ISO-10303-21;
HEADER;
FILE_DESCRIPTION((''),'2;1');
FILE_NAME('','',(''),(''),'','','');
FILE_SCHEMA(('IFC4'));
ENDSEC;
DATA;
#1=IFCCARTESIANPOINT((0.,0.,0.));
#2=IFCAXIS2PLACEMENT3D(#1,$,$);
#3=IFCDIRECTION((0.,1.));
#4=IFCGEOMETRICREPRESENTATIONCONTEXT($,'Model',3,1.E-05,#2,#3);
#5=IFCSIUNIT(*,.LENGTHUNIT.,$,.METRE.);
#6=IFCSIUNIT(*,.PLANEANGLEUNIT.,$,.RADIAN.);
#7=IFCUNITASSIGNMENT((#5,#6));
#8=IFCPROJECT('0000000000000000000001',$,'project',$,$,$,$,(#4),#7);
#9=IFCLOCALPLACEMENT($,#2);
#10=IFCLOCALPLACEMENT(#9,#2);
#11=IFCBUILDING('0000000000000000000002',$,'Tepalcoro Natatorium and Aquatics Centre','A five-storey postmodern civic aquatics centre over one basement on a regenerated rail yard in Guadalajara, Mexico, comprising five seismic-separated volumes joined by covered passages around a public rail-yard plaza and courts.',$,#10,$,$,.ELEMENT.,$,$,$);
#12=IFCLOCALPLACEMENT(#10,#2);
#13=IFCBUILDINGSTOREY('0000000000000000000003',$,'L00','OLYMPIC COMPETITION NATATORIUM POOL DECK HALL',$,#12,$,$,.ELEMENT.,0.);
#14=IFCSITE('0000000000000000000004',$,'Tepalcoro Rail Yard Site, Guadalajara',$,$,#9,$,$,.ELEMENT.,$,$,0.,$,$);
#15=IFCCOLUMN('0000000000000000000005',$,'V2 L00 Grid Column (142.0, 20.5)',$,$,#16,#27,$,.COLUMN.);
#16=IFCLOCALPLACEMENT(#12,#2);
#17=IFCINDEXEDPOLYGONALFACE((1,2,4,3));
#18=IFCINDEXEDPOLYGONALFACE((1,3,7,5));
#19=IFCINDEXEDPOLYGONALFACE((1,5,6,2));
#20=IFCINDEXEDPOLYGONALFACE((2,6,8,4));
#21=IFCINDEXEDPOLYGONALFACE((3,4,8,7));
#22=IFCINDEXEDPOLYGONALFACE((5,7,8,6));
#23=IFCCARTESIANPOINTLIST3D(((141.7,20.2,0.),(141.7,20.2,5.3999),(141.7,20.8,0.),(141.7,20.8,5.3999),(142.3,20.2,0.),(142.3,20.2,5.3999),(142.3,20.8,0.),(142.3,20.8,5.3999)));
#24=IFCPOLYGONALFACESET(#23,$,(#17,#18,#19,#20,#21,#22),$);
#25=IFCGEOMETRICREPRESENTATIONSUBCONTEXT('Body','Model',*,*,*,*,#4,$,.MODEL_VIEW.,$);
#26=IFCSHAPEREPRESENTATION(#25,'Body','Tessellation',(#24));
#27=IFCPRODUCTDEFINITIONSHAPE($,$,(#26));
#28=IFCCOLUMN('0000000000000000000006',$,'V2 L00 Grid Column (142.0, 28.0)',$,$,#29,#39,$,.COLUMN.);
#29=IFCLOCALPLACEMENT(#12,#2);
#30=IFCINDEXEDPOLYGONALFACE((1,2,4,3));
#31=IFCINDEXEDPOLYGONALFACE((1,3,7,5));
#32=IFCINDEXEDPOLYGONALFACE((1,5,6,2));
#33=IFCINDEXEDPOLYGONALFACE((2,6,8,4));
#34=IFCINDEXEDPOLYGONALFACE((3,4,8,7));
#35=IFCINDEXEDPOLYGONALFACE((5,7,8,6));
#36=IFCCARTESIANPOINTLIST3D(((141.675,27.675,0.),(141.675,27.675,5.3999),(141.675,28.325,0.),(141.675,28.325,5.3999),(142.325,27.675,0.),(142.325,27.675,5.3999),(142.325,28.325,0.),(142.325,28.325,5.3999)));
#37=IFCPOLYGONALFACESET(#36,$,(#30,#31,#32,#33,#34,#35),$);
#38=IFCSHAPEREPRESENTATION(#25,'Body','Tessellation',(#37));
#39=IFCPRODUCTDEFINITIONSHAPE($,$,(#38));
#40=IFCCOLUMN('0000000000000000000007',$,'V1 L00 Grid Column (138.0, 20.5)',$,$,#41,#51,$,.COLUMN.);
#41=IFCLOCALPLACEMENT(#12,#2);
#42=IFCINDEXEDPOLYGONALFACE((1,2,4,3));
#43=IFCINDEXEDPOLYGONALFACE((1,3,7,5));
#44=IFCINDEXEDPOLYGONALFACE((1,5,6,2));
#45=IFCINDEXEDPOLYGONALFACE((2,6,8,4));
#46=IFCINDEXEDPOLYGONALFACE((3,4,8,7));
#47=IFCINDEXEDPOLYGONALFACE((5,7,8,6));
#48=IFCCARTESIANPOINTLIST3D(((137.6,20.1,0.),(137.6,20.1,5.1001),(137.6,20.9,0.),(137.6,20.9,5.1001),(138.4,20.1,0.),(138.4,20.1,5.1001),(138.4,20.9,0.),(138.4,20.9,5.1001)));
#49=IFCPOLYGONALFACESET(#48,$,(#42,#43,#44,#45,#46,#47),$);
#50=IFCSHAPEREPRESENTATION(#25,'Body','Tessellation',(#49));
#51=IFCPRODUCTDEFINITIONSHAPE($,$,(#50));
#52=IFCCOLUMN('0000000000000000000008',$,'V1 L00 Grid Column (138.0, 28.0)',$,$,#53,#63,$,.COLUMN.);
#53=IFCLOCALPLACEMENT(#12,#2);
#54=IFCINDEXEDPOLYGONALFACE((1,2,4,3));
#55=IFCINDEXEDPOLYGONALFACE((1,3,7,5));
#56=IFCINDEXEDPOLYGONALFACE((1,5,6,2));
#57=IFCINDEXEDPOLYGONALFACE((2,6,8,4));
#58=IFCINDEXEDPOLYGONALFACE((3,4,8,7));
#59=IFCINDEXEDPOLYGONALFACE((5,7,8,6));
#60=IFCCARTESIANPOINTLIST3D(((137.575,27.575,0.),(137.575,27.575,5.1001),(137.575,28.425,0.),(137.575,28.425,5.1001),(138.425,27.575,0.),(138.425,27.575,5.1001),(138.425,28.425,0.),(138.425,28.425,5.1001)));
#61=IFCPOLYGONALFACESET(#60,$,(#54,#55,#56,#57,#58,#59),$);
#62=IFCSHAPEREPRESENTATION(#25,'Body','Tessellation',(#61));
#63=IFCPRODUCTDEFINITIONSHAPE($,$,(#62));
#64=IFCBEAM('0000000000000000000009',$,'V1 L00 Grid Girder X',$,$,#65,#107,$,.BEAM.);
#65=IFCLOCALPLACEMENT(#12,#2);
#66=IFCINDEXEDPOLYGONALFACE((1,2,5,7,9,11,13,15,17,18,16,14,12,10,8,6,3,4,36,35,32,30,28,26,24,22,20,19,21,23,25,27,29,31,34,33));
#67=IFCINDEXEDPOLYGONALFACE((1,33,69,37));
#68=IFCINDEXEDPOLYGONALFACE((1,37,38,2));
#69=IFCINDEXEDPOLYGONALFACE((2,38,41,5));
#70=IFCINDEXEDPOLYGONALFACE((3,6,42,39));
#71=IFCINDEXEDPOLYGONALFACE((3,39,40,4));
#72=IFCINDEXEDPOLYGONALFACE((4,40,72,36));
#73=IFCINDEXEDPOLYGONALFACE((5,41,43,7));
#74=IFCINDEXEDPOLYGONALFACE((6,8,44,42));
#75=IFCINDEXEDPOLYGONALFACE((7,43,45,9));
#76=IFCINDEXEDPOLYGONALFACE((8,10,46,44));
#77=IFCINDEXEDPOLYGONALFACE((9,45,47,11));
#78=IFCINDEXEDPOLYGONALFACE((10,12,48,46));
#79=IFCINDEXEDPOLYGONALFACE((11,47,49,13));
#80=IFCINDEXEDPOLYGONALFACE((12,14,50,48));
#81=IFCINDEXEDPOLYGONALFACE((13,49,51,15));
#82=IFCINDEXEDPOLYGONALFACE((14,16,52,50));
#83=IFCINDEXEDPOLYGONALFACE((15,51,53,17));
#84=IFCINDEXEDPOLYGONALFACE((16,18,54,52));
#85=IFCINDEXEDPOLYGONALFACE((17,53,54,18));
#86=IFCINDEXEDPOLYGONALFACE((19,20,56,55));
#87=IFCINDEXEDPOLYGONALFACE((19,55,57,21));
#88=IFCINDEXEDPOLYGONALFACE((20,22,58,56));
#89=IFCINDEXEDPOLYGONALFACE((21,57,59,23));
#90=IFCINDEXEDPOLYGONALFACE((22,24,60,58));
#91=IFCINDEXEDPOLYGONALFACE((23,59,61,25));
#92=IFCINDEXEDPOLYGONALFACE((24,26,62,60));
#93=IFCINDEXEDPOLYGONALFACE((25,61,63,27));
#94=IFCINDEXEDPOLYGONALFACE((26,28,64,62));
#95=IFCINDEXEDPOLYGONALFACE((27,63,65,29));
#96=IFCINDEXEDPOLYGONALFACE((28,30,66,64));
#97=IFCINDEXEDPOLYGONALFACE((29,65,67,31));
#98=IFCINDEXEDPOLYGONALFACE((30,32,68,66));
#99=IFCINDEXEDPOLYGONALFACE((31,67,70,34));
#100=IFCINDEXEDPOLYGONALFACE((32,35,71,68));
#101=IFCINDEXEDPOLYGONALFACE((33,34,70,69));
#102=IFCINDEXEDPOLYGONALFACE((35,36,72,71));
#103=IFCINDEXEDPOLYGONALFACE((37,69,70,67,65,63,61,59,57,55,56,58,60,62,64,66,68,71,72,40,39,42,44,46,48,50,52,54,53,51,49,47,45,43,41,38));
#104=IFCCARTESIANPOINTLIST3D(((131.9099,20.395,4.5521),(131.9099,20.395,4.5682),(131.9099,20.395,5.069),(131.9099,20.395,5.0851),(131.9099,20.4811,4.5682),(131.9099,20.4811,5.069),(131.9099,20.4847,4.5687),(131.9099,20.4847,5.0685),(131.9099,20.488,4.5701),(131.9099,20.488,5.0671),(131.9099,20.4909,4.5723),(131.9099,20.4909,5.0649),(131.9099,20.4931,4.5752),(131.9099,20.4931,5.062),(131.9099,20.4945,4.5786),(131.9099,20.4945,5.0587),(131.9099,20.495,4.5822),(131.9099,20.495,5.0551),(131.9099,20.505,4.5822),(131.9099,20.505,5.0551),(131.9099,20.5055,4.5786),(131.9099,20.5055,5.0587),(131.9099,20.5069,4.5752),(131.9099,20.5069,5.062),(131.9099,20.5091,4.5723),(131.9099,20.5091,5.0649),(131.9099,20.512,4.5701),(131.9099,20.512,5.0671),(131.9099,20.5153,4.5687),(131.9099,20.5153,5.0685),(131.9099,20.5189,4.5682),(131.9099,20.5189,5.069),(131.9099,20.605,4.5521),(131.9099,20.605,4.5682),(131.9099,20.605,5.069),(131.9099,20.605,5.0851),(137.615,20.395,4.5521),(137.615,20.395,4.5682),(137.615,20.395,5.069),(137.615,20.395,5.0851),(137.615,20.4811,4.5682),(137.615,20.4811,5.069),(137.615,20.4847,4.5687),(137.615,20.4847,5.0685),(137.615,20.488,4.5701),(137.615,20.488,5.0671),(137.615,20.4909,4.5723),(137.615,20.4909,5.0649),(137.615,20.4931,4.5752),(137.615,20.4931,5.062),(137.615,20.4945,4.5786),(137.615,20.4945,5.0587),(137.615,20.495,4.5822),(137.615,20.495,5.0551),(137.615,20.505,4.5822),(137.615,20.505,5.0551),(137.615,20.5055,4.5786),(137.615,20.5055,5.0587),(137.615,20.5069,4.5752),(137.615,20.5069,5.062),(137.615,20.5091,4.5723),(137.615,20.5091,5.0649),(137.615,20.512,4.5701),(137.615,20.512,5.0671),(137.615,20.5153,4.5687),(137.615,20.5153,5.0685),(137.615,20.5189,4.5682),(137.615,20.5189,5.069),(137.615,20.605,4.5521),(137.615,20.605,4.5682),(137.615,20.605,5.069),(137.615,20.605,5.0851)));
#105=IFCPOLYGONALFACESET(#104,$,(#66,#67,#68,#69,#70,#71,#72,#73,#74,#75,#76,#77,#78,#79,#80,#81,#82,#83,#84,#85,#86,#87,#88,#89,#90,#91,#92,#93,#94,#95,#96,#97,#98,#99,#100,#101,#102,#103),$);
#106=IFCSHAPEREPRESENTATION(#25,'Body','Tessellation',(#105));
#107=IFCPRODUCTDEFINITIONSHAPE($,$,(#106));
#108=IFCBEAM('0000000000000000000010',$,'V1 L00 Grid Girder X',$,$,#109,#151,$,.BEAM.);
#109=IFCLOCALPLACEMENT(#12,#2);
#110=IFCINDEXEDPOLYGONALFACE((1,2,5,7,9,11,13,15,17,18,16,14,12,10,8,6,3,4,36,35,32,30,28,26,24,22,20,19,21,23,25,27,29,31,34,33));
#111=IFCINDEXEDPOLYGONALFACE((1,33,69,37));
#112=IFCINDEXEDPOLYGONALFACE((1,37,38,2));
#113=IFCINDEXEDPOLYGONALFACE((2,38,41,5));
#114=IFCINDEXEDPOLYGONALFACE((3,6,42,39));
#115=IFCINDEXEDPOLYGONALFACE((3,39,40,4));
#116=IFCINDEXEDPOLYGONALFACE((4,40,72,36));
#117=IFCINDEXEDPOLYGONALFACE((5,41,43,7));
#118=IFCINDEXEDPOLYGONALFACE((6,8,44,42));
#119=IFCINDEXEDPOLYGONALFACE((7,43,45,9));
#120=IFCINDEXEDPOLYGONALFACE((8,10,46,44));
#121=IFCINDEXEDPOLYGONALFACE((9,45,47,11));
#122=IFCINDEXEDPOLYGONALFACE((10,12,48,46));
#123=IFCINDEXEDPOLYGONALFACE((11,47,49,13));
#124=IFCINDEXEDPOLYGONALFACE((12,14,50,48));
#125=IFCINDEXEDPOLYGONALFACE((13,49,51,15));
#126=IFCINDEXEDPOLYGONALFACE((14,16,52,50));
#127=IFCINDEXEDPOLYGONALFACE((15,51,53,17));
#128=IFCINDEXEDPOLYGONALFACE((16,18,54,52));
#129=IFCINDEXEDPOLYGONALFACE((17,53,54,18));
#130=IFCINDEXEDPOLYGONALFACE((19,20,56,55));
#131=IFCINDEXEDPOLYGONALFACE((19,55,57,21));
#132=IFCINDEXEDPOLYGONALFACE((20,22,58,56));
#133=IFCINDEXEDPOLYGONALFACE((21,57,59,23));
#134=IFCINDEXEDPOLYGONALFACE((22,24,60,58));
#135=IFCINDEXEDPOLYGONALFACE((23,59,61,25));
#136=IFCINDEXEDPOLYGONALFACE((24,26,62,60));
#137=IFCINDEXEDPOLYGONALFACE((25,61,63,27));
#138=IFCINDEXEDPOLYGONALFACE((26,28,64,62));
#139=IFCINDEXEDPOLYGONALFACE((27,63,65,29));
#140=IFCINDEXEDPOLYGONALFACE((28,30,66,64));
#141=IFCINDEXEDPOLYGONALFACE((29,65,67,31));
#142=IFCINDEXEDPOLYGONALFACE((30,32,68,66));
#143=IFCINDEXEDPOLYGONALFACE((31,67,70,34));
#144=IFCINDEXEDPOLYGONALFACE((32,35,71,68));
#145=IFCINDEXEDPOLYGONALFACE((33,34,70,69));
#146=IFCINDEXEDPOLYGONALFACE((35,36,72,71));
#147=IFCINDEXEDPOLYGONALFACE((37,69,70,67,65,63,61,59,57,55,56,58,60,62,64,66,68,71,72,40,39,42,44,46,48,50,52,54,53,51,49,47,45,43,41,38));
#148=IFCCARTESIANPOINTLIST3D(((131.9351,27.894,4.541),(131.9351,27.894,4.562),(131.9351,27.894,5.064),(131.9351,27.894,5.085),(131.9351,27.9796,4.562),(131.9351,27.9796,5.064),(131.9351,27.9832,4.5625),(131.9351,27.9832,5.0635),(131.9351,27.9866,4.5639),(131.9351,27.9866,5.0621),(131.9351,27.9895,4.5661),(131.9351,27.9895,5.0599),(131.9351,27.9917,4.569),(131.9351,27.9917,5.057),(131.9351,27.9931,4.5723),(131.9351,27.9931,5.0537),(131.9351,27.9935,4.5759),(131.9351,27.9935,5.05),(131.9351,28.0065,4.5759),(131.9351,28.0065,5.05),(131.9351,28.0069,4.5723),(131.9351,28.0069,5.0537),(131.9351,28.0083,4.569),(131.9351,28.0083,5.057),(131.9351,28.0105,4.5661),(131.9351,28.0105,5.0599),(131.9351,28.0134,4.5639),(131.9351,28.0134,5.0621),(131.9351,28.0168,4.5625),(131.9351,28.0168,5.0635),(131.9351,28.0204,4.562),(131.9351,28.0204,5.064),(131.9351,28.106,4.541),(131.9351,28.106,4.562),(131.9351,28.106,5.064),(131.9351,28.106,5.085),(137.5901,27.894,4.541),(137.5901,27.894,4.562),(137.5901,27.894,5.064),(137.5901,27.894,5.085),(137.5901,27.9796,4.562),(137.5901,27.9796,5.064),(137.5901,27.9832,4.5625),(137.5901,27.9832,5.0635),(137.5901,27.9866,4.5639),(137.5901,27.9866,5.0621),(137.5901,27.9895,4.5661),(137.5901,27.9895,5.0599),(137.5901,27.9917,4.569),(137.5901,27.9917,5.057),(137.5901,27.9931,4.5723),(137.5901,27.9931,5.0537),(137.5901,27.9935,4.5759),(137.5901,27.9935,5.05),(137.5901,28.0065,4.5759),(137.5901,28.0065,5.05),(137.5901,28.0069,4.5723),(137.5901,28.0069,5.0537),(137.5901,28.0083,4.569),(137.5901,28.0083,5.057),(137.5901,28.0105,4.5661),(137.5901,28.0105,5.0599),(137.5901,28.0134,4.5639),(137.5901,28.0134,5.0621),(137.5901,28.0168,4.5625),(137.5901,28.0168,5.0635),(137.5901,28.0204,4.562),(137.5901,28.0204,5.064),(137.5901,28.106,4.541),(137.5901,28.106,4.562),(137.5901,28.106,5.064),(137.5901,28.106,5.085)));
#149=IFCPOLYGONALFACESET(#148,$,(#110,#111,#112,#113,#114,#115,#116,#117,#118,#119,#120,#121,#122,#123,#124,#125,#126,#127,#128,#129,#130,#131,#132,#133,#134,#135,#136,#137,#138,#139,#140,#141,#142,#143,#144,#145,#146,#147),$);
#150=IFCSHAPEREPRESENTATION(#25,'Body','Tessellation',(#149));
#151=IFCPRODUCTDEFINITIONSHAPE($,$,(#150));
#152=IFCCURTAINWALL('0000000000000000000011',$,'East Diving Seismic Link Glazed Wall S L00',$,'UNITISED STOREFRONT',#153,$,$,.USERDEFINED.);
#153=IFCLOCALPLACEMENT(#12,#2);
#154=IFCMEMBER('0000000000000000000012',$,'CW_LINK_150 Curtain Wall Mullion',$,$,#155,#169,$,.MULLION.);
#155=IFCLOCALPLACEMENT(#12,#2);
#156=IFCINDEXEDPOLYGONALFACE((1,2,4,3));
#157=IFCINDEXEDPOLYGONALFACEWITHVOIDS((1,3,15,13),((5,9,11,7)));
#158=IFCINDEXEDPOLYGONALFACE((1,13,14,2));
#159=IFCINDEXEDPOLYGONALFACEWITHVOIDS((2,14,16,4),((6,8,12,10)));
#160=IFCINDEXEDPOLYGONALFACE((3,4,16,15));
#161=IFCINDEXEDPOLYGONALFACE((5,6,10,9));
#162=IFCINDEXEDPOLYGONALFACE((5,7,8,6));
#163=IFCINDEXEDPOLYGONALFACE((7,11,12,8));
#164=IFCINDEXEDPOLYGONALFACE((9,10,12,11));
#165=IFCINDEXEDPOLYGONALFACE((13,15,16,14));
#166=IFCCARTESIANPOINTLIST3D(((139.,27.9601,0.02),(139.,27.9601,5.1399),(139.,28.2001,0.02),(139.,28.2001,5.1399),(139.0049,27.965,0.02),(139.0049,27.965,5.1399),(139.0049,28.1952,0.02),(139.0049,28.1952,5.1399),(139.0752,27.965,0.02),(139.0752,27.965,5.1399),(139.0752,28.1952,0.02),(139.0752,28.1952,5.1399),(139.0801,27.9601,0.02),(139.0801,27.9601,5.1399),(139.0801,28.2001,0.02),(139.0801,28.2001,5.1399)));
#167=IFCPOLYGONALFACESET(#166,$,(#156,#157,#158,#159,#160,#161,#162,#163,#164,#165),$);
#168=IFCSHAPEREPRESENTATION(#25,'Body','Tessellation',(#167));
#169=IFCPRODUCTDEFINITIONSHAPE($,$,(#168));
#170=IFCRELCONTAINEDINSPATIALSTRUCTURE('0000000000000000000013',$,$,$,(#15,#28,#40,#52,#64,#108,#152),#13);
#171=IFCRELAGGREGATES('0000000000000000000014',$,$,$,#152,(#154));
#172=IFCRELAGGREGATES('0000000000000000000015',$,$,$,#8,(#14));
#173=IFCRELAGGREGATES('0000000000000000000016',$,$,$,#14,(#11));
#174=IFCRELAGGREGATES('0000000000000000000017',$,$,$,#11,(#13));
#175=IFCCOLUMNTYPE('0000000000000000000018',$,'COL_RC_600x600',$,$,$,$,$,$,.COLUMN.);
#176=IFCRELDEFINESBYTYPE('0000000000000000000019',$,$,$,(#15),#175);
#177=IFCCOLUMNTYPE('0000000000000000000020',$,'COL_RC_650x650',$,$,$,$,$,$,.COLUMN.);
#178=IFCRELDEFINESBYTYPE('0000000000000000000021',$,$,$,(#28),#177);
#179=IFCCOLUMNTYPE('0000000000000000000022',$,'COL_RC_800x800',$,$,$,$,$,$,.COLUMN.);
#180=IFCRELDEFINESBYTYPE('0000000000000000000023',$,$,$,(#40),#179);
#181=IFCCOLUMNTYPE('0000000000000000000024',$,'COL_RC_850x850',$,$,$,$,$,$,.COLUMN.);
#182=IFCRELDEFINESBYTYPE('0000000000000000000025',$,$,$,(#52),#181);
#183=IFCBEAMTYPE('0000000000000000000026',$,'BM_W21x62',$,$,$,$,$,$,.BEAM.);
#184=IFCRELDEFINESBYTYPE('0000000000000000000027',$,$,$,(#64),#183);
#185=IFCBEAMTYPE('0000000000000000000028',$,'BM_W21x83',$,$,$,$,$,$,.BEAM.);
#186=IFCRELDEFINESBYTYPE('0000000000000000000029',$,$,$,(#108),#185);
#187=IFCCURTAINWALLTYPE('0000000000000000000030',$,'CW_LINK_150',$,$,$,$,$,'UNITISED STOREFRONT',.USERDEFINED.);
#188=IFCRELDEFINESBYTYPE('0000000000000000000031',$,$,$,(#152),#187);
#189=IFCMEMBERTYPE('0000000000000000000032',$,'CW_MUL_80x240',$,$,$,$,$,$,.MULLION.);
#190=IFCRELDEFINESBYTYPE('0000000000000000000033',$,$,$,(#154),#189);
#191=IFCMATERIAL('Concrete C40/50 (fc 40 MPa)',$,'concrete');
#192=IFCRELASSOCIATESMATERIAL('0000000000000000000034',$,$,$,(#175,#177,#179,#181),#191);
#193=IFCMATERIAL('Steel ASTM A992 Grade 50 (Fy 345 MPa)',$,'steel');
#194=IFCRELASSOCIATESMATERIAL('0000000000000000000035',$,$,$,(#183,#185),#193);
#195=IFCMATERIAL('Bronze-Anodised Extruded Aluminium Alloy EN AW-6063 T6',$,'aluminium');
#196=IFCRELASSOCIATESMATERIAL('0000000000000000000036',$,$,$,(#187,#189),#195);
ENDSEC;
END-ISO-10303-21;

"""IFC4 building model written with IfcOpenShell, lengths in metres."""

from ifc_helpers import new_model, si_unit, direction, frame, origin, origin_2d, place, context, subcontext, project, spatial, rectangle, hollow_rectangle, i_section, extrude, material, material_profile, profile_set, type_object, element, aggregate, save


model = new_model("IFC4")

# Units and contexts
model_context = context("Model", 3, precision=1e-05, world=origin(), true_north=direction((0.0, 1.0)))
body_context = subcontext(model_context, "Body", "Model", "MODEL_VIEW")
ifc_project = project(units=[si_unit("LENGTHUNIT", "METRE"), si_unit("PLANEANGLEUNIT", "RADIAN")], contexts=[model_context])

# Site, building, storey
site_placement = place(None, origin())
site = spatial("IfcSite", under=ifc_project, at=site_placement, Name="Tepalcoro Rail Yard Site, Guadalajara", CompositionType="ELEMENT", RefElevation=0.0)
building_placement = place(site_placement, origin())
building = spatial("IfcBuilding", under=site, at=building_placement, Name="Tepalcoro Natatorium and Aquatics Centre", Description="A five-storey postmodern civic aquatics centre over one basement on a regenerated rail yard in Guadalajara, Mexico, comprising five seismic-separated volumes joined by covered passages around a public rail-yard plaza and courts.", CompositionType="ELEMENT")
storey_placement = place(building_placement, origin())
storey = spatial("IfcBuildingStorey", under=building, at=storey_placement, Name="L00", Description="OLYMPIC COMPETITION NATATORIUM POOL DECK HALL", CompositionType="ELEMENT", Elevation=0.0)

# Columns
ifc_material_1 = material(Name="Concrete C40/50 (fc 40 MPa)", Category="concrete")
ifc_material_profile_1 = material_profile(ifc_material_1, rectangle(XDim=0.6001, YDim=0.6001, at=origin_2d()), Name="RC600x600")
ifc_profile_set_1 = profile_set([ifc_material_profile_1], Name="Concrete C40/50 (fc 40 MPa)")
column_type_1 = type_object("IfcColumnType", Name="COL_RC_600x600", PredefinedType="COLUMN", material=ifc_profile_set_1)
column_1_placement = place(storey_placement, frame((142.0, 20.5, 0.0), z_axis=(0.0, 0.0, 1.0), x_axis=(1.0, 0.0, 0.0)))
element("IfcColumn", 1, at=column_1_placement, inside=storey, type_object=column_type_1, Name="V2 L00 Grid Column (142.0, 20.5)", PredefinedType="COLUMN", context=body_context, shape_type="SweptSolid", body=[
    extrude(rectangle(XDim=0.6001, YDim=0.6001, at=origin_2d()), origin(), (0.0, 0.0, 1.0), 5.3999),
])
ifc_material_profile_2 = material_profile(ifc_material_1, rectangle(XDim=0.6499, YDim=0.6499, at=origin_2d()), Name="RC650x650")
ifc_profile_set_2 = profile_set([ifc_material_profile_2], Name="Concrete C40/50 (fc 40 MPa)")
column_type_2 = type_object("IfcColumnType", Name="COL_RC_650x650", PredefinedType="COLUMN", material=ifc_profile_set_2)
column_2_placement = place(storey_placement, frame((142.0, 28.0, 0.0), z_axis=(0.0, 0.0, 1.0), x_axis=(1.0, 0.0, 0.0)))
element("IfcColumn", 2, at=column_2_placement, inside=storey, type_object=column_type_2, Name="V2 L00 Grid Column (142.0, 28.0)", PredefinedType="COLUMN", context=body_context, shape_type="SweptSolid", body=[
    extrude(rectangle(XDim=0.6499, YDim=0.6499, at=origin_2d()), origin(), (0.0, 0.0, 1.0), 5.3999),
])
ifc_material_profile_3 = material_profile(ifc_material_1, rectangle(XDim=0.8, YDim=0.8, at=origin_2d()), Name="RC800x800")
ifc_profile_set_3 = profile_set([ifc_material_profile_3], Name="Concrete C40/50 (fc 40 MPa)")
column_type_3 = type_object("IfcColumnType", Name="COL_RC_800x800", PredefinedType="COLUMN", material=ifc_profile_set_3)
column_3_placement = place(storey_placement, frame((138.0, 20.5, 0.0), z_axis=(0.0, 0.0, 1.0), x_axis=(1.0, 0.0, 0.0)))
element("IfcColumn", 3, at=column_3_placement, inside=storey, type_object=column_type_3, Name="V1 L00 Grid Column (138.0, 20.5)", PredefinedType="COLUMN", context=body_context, shape_type="SweptSolid", body=[
    extrude(rectangle(XDim=0.8, YDim=0.8, at=origin_2d()), origin(), (0.0, 0.0, 1.0), 5.1001),
])
ifc_material_profile_4 = material_profile(ifc_material_1, rectangle(XDim=0.8501, YDim=0.8501, at=origin_2d()), Name="RC850x850")
ifc_profile_set_4 = profile_set([ifc_material_profile_4], Name="Concrete C40/50 (fc 40 MPa)")
column_type_4 = type_object("IfcColumnType", Name="COL_RC_850x850", PredefinedType="COLUMN", material=ifc_profile_set_4)
column_4_placement = place(storey_placement, frame((138.0, 28.0, 0.0), z_axis=(0.0, 0.0, 1.0), x_axis=(1.0, 0.0, 0.0)))
element("IfcColumn", 4, at=column_4_placement, inside=storey, type_object=column_type_4, Name="V1 L00 Grid Column (138.0, 28.0)", PredefinedType="COLUMN", context=body_context, shape_type="SweptSolid", body=[
    extrude(rectangle(XDim=0.8501, YDim=0.8501, at=origin_2d()), origin(), (0.0, 0.0, 1.0), 5.1001),
])

# Beams
ifc_material_2 = material(Name="Steel ASTM A992 Grade 50 (Fy 345 MPa)", Category="steel")
ifc_material_profile_5 = material_profile(ifc_material_2, i_section(OverallWidth=0.21, OverallDepth=0.533, WebThickness=0.01, FlangeThickness=0.0161, FilletRadius=0.0139, at=origin_2d()), Name="W21X62")
ifc_profile_set_5 = profile_set([ifc_material_profile_5], Name="Steel ASTM A992 Grade 50 (Fy 345 MPa)")
beam_type_1 = type_object("IfcBeamType", Name="BM_W21x62", PredefinedType="BEAM", material=ifc_profile_set_5)
beam_1_placement = place(storey_placement, frame((131.9099, 20.5, 4.8186), z_axis=(1.0, 0.0, 0.0), x_axis=(0.0, 1.0, 0.0)))
element("IfcBeam", 5, at=beam_1_placement, inside=storey, type_object=beam_type_1, Name="V1 L00 Grid Girder X", PredefinedType="BEAM", context=body_context, shape_type="SweptSolid", body=[
    extrude(i_section(OverallWidth=0.21, OverallDepth=0.533, WebThickness=0.01, FlangeThickness=0.0161, FilletRadius=0.0139, at=origin_2d()), origin(), (0.0, 0.0, 1.0), 5.7051),
])
ifc_material_profile_6 = material_profile(ifc_material_2, i_section(OverallWidth=0.2119, OverallDepth=0.5439, WebThickness=0.0129, FlangeThickness=0.021, FilletRadius=0.0139, at=origin_2d()), Name="W21X83")
ifc_profile_set_6 = profile_set([ifc_material_profile_6], Name="Steel ASTM A992 Grade 50 (Fy 345 MPa)")
beam_type_2 = type_object("IfcBeamType", Name="BM_W21x83", PredefinedType="BEAM", material=ifc_profile_set_6)
beam_2_placement = place(storey_placement, frame((131.9351, 28.0, 4.813), z_axis=(1.0, 0.0, 0.0), x_axis=(0.0, 1.0, 0.0)))
element("IfcBeam", 6, at=beam_2_placement, inside=storey, type_object=beam_type_2, Name="V1 L00 Grid Girder X", PredefinedType="BEAM", context=body_context, shape_type="SweptSolid", body=[
    extrude(i_section(OverallWidth=0.2119, OverallDepth=0.5439, WebThickness=0.0129, FlangeThickness=0.021, FilletRadius=0.0139, at=origin_2d()), origin(), (0.0, 0.0, 1.0), 5.655),
])

# Curtain wall, member
ifc_material_3 = material(Name="Bronze-Anodised Extruded Aluminium Alloy EN AW-6063 T6", Category="aluminium")
curtain_wall_type_1 = type_object("IfcCurtainWallType", Name="CW_LINK_150", ElementType="UNITISED STOREFRONT", PredefinedType="USERDEFINED", material=ifc_material_3)
curtain_wall_1_placement = place(storey_placement, origin())
curtain_wall_1 = element("IfcCurtainWall", 7, at=curtain_wall_1_placement, inside=storey, type_object=curtain_wall_type_1, Name="East Diving Seismic Link Glazed Wall S L00", ObjectType="UNITISED STOREFRONT", PredefinedType="USERDEFINED")
ifc_material_profile_7 = material_profile(ifc_material_3, hollow_rectangle(XDim=0.0801, YDim=0.24, WallThickness=0.0049, at=origin_2d()), Name="AL80X240X5")
ifc_profile_set_7 = profile_set([ifc_material_profile_7], Name="Bronze-Anodised Extruded Aluminium Alloy EN AW-6063 T6")
member_type_1 = type_object("IfcMemberType", Name="CW_MUL_80x240", PredefinedType="MULLION", material=ifc_profile_set_7)
member_1_placement = place(storey_placement, frame((139.04, 28.0801, 0.02), z_axis=(0.0, 0.0, 1.0), x_axis=(1.0, 0.0, 0.0)))
member_1 = element("IfcMember", 8, at=member_1_placement, type_object=member_type_1, Name="CW_LINK_150 Curtain Wall Mullion", PredefinedType="MULLION", context=body_context, shape_type="SweptSolid", body=[
    extrude(hollow_rectangle(XDim=0.0801, YDim=0.24, WallThickness=0.0049, at=origin_2d()), origin(), (0.0, 0.0, 1.0), 5.1199),
])

aggregate(curtain_wall_1, [member_1])

save(model, "model.ifc")
